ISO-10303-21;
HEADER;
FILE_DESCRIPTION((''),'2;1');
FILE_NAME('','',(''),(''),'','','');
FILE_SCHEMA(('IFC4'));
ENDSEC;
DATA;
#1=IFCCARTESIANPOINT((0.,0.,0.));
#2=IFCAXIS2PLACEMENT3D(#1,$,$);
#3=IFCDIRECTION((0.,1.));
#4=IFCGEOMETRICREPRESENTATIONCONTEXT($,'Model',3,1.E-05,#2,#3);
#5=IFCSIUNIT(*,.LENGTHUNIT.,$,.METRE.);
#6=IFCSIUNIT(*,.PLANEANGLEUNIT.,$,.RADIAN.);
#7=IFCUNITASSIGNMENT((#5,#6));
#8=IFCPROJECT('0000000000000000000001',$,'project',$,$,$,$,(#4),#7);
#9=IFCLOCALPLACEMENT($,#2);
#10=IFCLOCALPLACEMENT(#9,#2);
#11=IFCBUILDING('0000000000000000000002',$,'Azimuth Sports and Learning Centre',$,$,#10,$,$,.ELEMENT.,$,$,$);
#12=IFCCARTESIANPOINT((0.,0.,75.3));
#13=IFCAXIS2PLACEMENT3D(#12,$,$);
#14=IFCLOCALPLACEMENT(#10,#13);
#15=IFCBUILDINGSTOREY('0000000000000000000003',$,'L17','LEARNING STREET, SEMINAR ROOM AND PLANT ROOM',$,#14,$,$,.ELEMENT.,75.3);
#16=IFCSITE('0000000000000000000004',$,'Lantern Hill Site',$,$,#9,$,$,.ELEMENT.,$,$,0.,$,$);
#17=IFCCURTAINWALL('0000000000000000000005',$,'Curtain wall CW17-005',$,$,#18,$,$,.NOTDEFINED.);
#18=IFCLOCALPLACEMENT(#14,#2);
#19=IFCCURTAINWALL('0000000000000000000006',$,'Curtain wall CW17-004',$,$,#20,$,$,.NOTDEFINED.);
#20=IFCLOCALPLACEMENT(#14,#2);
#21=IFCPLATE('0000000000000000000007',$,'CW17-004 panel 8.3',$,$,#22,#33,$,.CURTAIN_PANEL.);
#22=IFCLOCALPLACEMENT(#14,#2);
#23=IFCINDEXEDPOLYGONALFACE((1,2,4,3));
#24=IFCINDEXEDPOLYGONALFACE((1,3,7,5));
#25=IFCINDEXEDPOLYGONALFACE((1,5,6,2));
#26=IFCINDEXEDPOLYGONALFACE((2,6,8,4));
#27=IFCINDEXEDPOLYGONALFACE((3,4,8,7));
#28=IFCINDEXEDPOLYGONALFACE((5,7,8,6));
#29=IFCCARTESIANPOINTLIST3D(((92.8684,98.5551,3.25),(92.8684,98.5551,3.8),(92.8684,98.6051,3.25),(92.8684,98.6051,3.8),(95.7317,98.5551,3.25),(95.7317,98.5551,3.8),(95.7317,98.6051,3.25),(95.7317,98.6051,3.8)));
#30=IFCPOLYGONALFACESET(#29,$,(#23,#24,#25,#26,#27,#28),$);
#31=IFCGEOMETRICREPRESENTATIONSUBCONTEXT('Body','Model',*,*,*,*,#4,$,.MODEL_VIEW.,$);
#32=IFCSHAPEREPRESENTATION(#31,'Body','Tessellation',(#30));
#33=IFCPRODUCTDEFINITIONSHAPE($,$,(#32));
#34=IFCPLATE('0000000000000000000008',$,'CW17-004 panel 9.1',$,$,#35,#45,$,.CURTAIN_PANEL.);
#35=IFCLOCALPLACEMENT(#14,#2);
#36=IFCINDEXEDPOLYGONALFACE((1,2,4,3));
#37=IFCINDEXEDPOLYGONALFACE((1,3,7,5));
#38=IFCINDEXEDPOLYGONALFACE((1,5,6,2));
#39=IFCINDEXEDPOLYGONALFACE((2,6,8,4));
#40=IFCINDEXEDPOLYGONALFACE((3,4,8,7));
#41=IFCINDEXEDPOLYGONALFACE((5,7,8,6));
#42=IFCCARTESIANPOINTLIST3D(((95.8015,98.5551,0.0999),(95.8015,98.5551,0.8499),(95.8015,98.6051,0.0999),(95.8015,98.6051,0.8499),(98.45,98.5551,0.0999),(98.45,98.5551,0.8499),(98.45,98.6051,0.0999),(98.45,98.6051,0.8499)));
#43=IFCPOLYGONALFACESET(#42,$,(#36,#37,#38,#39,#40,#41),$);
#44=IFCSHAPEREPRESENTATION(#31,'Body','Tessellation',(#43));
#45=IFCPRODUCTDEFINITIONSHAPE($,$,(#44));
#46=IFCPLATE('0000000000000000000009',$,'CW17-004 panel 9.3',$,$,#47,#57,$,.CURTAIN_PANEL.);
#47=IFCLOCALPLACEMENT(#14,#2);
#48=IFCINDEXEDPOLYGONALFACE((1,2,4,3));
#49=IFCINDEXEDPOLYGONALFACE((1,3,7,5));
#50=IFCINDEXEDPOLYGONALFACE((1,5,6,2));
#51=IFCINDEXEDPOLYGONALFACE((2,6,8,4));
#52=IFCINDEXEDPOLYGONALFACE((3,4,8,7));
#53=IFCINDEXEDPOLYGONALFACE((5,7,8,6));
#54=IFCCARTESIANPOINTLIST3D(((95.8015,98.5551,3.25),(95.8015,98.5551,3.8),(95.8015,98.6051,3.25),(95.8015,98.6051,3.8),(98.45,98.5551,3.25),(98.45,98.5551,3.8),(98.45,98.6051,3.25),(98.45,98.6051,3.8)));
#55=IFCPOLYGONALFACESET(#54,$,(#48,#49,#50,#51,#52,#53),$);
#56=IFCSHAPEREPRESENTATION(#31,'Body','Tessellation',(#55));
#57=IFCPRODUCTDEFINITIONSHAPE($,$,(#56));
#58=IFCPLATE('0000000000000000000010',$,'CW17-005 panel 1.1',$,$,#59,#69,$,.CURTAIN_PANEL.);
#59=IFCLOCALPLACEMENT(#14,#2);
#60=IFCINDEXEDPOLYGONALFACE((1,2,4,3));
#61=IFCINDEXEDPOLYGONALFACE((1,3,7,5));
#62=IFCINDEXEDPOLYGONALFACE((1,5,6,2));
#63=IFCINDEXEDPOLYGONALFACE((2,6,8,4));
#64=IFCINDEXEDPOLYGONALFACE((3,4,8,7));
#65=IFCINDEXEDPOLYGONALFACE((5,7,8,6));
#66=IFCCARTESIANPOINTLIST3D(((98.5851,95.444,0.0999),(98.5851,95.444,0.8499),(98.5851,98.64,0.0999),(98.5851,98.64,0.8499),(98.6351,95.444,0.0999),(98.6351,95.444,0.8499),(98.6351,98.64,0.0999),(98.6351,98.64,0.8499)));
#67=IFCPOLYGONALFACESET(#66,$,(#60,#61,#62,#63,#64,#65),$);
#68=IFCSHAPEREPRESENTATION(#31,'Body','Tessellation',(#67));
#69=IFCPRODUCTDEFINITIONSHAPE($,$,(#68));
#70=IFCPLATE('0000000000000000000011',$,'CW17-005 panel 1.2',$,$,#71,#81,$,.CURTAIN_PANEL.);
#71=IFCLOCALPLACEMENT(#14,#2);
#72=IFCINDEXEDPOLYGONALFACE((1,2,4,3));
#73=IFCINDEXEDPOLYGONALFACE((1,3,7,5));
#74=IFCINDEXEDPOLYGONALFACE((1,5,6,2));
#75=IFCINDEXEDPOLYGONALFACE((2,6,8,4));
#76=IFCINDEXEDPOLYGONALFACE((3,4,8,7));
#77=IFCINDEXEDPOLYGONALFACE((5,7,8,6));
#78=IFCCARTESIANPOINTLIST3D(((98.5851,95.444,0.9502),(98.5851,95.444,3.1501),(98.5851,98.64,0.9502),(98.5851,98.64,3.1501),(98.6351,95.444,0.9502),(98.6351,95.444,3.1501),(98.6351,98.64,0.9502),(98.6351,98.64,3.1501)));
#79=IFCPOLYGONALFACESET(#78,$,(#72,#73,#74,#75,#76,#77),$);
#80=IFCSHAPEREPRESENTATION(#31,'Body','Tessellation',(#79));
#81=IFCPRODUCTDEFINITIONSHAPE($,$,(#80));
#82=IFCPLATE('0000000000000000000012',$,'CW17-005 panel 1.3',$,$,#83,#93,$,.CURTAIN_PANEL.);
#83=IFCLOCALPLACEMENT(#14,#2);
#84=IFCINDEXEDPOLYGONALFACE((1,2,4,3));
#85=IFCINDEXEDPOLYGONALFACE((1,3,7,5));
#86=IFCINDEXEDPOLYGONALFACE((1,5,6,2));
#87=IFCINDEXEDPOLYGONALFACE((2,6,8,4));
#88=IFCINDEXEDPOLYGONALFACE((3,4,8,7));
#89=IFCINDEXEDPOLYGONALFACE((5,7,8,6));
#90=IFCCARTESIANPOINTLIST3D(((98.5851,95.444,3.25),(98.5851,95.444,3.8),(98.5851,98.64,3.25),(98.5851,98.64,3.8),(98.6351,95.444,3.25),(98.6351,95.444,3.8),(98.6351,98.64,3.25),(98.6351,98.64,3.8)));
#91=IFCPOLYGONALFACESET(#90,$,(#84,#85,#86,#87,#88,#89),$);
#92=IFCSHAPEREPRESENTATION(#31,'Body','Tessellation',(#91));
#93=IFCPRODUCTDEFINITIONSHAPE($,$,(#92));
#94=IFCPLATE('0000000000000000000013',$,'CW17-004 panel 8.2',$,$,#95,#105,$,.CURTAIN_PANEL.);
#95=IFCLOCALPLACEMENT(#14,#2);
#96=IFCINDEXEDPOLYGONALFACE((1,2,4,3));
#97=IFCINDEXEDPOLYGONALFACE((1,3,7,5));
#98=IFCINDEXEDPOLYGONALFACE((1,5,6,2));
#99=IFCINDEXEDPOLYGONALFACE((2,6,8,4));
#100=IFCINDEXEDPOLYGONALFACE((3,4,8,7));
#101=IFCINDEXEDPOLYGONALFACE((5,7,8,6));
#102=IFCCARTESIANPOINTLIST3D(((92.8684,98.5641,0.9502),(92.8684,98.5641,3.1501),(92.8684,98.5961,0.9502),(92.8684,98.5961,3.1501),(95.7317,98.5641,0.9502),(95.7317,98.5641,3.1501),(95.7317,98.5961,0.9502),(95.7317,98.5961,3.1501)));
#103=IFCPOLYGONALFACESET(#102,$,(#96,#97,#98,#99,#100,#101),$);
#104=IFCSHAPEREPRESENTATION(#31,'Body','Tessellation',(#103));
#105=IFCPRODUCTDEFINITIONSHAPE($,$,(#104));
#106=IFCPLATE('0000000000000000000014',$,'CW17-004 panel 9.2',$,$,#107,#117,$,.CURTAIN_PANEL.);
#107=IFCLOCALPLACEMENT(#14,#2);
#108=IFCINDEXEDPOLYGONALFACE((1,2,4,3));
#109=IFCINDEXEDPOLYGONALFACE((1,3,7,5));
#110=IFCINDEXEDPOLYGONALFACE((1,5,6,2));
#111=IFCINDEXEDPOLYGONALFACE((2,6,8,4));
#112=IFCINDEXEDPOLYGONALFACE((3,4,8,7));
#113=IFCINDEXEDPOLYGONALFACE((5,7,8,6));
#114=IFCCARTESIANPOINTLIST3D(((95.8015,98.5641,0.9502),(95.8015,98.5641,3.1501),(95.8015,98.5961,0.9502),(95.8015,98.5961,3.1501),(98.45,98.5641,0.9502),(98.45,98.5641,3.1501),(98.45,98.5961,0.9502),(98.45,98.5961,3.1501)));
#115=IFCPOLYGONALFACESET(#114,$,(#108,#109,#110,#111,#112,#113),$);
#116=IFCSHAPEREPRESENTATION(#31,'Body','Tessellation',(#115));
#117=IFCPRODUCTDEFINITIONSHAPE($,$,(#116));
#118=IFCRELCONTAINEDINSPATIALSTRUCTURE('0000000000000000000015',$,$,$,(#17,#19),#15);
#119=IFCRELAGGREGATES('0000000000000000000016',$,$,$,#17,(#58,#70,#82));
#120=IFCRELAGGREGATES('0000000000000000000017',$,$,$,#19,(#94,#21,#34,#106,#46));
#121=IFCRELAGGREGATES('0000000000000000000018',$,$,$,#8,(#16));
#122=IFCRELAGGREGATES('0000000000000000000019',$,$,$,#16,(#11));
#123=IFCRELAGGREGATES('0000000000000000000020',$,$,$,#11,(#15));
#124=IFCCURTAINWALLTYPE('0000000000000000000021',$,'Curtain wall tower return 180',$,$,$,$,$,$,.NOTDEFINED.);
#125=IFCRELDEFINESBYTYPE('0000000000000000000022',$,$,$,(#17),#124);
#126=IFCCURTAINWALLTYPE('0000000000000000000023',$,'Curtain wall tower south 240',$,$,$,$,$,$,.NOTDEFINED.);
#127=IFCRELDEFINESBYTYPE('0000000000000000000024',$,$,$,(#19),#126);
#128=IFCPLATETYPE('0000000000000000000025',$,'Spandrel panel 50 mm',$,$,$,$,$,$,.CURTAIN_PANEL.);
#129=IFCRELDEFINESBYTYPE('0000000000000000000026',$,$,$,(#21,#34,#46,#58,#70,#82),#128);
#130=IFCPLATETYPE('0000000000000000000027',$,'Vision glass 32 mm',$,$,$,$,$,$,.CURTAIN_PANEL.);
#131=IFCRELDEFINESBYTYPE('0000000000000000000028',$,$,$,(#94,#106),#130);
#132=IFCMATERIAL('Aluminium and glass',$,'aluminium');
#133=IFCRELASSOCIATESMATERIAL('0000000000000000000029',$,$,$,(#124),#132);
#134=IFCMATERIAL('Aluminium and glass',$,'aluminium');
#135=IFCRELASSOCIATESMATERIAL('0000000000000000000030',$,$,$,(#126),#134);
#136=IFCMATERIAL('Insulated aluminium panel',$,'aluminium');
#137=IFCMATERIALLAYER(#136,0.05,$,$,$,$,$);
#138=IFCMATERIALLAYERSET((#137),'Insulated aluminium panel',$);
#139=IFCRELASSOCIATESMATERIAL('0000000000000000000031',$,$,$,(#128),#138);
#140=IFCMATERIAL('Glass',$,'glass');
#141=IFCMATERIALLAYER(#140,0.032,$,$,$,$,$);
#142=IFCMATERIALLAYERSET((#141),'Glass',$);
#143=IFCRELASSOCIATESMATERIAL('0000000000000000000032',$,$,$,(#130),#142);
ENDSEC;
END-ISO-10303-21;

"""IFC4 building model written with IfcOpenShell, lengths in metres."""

from ifc_helpers import new_model, si_unit, direction, frame, origin, origin_2d, place, context, subcontext, project, spatial, rectangle, extrude, material, layer, layer_set, type_object, element, aggregate, save


model = new_model("IFC4")

# Units and contexts
model_context = context("Model", 3, precision=1e-05, world=origin(), true_north=direction((0.0, 1.0)))
body_context = subcontext(model_context, "Body", "Model", "MODEL_VIEW")
ifc_project = project(units=[si_unit("LENGTHUNIT", "METRE"), si_unit("PLANEANGLEUNIT", "RADIAN")], contexts=[model_context])

# Site, building, storey
site_placement = place(None, origin())
site = spatial("IfcSite", under=ifc_project, at=site_placement, Name="Lantern Hill Site", CompositionType="ELEMENT", RefElevation=0.0)
building_placement = place(site_placement, origin())
building = spatial("IfcBuilding", under=site, at=building_placement, Name="Azimuth Sports and Learning Centre", CompositionType="ELEMENT")
storey_placement = place(building_placement, frame((0.0, 0.0, 75.3)))
storey = spatial("IfcBuildingStorey", under=building, at=storey_placement, Name="L17", Description="LEARNING STREET, SEMINAR ROOM AND PLANT ROOM", CompositionType="ELEMENT", Elevation=75.3)

# Curtain walls
ifc_material_1 = material(Name="Aluminium and glass", Category="aluminium")
curtain_wall_type_1 = type_object("IfcCurtainWallType", Name="Curtain wall tower return 180", PredefinedType="NOTDEFINED", material=ifc_material_1)
curtain_wall_1_placement = place(storey_placement, origin())
curtain_wall_1 = element("IfcCurtainWall", 1, at=curtain_wall_1_placement, inside=storey, type_object=curtain_wall_type_1, Name="Curtain wall CW17-005", PredefinedType="NOTDEFINED")
ifc_material_2 = material(Name="Aluminium and glass", Category="aluminium")
curtain_wall_type_2 = type_object("IfcCurtainWallType", Name="Curtain wall tower south 240", PredefinedType="NOTDEFINED", material=ifc_material_2)
curtain_wall_2_placement = place(storey_placement, origin())
curtain_wall_2 = element("IfcCurtainWall", 2, at=curtain_wall_2_placement, inside=storey, type_object=curtain_wall_type_2, Name="Curtain wall CW17-004", PredefinedType="NOTDEFINED")

# Plates
ifc_material_3 = material(Name="Insulated aluminium panel", Category="aluminium")
ifc_layer_1 = layer(ifc_material_3, 0.05)
ifc_layer_set_1 = layer_set([ifc_layer_1], Name="Insulated aluminium panel")
plate_type_1 = type_object("IfcPlateType", Name="Spandrel panel 50 mm", PredefinedType="CURTAIN_PANEL", material=ifc_layer_set_1)
plate_1_placement = place(storey_placement, frame((94.3, 98.5801, 3.25), z_axis=(0.0, 0.0, 1.0), x_axis=(1.0, 0.0, 0.0)))
plate_1 = element("IfcPlate", 3, at=plate_1_placement, type_object=plate_type_1, Name="CW17-004 panel 8.3", PredefinedType="CURTAIN_PANEL", context=body_context, shape_type="SweptSolid", body=[
    extrude(rectangle(XDim=2.8633, YDim=0.05, at=origin_2d()), origin(), (0.0, 0.0, 1.0), 0.55),
])
plate_2_placement = place(storey_placement, frame((97.1257, 98.5801, 0.0999), z_axis=(0.0, 0.0, 1.0), x_axis=(1.0, 0.0, 0.0)))
plate_2 = element("IfcPlate", 4, at=plate_2_placement, type_object=plate_type_1, Name="CW17-004 panel 9.1", PredefinedType="CURTAIN_PANEL", context=body_context, shape_type="SweptSolid", body=[
    extrude(rectangle(XDim=2.6484, YDim=0.05, at=origin_2d()), origin(), (0.0, 0.0, 1.0), 0.75),
])
plate_3_placement = place(storey_placement, frame((97.1257, 98.5801, 3.25), z_axis=(0.0, 0.0, 1.0), x_axis=(1.0, 0.0, 0.0)))
plate_3 = element("IfcPlate", 5, at=plate_3_placement, type_object=plate_type_1, Name="CW17-004 panel 9.3", PredefinedType="CURTAIN_PANEL", context=body_context, shape_type="SweptSolid", body=[
    extrude(rectangle(XDim=2.6484, YDim=0.05, at=origin_2d()), origin(), (0.0, 0.0, 1.0), 0.55),
])
plate_4_placement = place(storey_placement, frame((98.6101, 97.042, 0.0999), z_axis=(0.0, 0.0, 1.0), x_axis=(0.0, -1.0, 0.0)))
plate_4 = element("IfcPlate", 6, at=plate_4_placement, type_object=plate_type_1, Name="CW17-005 panel 1.1", PredefinedType="CURTAIN_PANEL", context=body_context, shape_type="SweptSolid", body=[
    extrude(rectangle(XDim=3.196, YDim=0.05, at=origin_2d()), origin(), (0.0, 0.0, 1.0), 0.75),
])
plate_5_placement = place(storey_placement, frame((98.6101, 97.042, 0.9502), z_axis=(0.0, 0.0, 1.0), x_axis=(0.0, -1.0, 0.0)))
plate_5 = element("IfcPlate", 7, at=plate_5_placement, type_object=plate_type_1, Name="CW17-005 panel 1.2", PredefinedType="CURTAIN_PANEL", context=body_context, shape_type="SweptSolid", body=[
    extrude(rectangle(XDim=3.196, YDim=0.05, at=origin_2d()), origin(), (0.0, 0.0, 1.0), 2.2),
])
plate_6_placement = place(storey_placement, frame((98.6101, 97.042, 3.25), z_axis=(0.0, 0.0, 1.0), x_axis=(0.0, -1.0, 0.0)))
plate_6 = element("IfcPlate", 8, at=plate_6_placement, type_object=plate_type_1, Name="CW17-005 panel 1.3", PredefinedType="CURTAIN_PANEL", context=body_context, shape_type="SweptSolid", body=[
    extrude(rectangle(XDim=3.196, YDim=0.05, at=origin_2d()), origin(), (0.0, 0.0, 1.0), 0.55),
])
aggregate(curtain_wall_1, [plate_4, plate_5, plate_6])
ifc_material_4 = material(Name="Glass", Category="glass")
ifc_layer_2 = layer(ifc_material_4, 0.032)
ifc_layer_set_2 = layer_set([ifc_layer_2], Name="Glass")
plate_type_2 = type_object("IfcPlateType", Name="Vision glass 32 mm", PredefinedType="CURTAIN_PANEL", material=ifc_layer_set_2)
plate_7_placement = place(storey_placement, frame((94.3, 98.5801, 0.9502), z_axis=(0.0, 0.0, 1.0), x_axis=(1.0, 0.0, 0.0)))
plate_7 = element("IfcPlate", 9, at=plate_7_placement, type_object=plate_type_2, Name="CW17-004 panel 8.2", PredefinedType="CURTAIN_PANEL", context=body_context, shape_type="SweptSolid", body=[
    extrude(rectangle(XDim=2.8633, YDim=0.032, at=origin_2d()), origin(), (0.0, 0.0, 1.0), 2.2),
])
plate_8_placement = place(storey_placement, frame((97.1257, 98.5801, 0.9502), z_axis=(0.0, 0.0, 1.0), x_axis=(1.0, 0.0, 0.0)))
plate_8 = element("IfcPlate", 10, at=plate_8_placement, type_object=plate_type_2, Name="CW17-004 panel 9.2", PredefinedType="CURTAIN_PANEL", context=body_context, shape_type="SweptSolid", body=[
    extrude(rectangle(XDim=2.6484, YDim=0.032, at=origin_2d()), origin(), (0.0, 0.0, 1.0), 2.2),
])
aggregate(curtain_wall_2, [plate_7, plate_1, plate_2, plate_8, plate_3])

save(model, "model.ifc")
